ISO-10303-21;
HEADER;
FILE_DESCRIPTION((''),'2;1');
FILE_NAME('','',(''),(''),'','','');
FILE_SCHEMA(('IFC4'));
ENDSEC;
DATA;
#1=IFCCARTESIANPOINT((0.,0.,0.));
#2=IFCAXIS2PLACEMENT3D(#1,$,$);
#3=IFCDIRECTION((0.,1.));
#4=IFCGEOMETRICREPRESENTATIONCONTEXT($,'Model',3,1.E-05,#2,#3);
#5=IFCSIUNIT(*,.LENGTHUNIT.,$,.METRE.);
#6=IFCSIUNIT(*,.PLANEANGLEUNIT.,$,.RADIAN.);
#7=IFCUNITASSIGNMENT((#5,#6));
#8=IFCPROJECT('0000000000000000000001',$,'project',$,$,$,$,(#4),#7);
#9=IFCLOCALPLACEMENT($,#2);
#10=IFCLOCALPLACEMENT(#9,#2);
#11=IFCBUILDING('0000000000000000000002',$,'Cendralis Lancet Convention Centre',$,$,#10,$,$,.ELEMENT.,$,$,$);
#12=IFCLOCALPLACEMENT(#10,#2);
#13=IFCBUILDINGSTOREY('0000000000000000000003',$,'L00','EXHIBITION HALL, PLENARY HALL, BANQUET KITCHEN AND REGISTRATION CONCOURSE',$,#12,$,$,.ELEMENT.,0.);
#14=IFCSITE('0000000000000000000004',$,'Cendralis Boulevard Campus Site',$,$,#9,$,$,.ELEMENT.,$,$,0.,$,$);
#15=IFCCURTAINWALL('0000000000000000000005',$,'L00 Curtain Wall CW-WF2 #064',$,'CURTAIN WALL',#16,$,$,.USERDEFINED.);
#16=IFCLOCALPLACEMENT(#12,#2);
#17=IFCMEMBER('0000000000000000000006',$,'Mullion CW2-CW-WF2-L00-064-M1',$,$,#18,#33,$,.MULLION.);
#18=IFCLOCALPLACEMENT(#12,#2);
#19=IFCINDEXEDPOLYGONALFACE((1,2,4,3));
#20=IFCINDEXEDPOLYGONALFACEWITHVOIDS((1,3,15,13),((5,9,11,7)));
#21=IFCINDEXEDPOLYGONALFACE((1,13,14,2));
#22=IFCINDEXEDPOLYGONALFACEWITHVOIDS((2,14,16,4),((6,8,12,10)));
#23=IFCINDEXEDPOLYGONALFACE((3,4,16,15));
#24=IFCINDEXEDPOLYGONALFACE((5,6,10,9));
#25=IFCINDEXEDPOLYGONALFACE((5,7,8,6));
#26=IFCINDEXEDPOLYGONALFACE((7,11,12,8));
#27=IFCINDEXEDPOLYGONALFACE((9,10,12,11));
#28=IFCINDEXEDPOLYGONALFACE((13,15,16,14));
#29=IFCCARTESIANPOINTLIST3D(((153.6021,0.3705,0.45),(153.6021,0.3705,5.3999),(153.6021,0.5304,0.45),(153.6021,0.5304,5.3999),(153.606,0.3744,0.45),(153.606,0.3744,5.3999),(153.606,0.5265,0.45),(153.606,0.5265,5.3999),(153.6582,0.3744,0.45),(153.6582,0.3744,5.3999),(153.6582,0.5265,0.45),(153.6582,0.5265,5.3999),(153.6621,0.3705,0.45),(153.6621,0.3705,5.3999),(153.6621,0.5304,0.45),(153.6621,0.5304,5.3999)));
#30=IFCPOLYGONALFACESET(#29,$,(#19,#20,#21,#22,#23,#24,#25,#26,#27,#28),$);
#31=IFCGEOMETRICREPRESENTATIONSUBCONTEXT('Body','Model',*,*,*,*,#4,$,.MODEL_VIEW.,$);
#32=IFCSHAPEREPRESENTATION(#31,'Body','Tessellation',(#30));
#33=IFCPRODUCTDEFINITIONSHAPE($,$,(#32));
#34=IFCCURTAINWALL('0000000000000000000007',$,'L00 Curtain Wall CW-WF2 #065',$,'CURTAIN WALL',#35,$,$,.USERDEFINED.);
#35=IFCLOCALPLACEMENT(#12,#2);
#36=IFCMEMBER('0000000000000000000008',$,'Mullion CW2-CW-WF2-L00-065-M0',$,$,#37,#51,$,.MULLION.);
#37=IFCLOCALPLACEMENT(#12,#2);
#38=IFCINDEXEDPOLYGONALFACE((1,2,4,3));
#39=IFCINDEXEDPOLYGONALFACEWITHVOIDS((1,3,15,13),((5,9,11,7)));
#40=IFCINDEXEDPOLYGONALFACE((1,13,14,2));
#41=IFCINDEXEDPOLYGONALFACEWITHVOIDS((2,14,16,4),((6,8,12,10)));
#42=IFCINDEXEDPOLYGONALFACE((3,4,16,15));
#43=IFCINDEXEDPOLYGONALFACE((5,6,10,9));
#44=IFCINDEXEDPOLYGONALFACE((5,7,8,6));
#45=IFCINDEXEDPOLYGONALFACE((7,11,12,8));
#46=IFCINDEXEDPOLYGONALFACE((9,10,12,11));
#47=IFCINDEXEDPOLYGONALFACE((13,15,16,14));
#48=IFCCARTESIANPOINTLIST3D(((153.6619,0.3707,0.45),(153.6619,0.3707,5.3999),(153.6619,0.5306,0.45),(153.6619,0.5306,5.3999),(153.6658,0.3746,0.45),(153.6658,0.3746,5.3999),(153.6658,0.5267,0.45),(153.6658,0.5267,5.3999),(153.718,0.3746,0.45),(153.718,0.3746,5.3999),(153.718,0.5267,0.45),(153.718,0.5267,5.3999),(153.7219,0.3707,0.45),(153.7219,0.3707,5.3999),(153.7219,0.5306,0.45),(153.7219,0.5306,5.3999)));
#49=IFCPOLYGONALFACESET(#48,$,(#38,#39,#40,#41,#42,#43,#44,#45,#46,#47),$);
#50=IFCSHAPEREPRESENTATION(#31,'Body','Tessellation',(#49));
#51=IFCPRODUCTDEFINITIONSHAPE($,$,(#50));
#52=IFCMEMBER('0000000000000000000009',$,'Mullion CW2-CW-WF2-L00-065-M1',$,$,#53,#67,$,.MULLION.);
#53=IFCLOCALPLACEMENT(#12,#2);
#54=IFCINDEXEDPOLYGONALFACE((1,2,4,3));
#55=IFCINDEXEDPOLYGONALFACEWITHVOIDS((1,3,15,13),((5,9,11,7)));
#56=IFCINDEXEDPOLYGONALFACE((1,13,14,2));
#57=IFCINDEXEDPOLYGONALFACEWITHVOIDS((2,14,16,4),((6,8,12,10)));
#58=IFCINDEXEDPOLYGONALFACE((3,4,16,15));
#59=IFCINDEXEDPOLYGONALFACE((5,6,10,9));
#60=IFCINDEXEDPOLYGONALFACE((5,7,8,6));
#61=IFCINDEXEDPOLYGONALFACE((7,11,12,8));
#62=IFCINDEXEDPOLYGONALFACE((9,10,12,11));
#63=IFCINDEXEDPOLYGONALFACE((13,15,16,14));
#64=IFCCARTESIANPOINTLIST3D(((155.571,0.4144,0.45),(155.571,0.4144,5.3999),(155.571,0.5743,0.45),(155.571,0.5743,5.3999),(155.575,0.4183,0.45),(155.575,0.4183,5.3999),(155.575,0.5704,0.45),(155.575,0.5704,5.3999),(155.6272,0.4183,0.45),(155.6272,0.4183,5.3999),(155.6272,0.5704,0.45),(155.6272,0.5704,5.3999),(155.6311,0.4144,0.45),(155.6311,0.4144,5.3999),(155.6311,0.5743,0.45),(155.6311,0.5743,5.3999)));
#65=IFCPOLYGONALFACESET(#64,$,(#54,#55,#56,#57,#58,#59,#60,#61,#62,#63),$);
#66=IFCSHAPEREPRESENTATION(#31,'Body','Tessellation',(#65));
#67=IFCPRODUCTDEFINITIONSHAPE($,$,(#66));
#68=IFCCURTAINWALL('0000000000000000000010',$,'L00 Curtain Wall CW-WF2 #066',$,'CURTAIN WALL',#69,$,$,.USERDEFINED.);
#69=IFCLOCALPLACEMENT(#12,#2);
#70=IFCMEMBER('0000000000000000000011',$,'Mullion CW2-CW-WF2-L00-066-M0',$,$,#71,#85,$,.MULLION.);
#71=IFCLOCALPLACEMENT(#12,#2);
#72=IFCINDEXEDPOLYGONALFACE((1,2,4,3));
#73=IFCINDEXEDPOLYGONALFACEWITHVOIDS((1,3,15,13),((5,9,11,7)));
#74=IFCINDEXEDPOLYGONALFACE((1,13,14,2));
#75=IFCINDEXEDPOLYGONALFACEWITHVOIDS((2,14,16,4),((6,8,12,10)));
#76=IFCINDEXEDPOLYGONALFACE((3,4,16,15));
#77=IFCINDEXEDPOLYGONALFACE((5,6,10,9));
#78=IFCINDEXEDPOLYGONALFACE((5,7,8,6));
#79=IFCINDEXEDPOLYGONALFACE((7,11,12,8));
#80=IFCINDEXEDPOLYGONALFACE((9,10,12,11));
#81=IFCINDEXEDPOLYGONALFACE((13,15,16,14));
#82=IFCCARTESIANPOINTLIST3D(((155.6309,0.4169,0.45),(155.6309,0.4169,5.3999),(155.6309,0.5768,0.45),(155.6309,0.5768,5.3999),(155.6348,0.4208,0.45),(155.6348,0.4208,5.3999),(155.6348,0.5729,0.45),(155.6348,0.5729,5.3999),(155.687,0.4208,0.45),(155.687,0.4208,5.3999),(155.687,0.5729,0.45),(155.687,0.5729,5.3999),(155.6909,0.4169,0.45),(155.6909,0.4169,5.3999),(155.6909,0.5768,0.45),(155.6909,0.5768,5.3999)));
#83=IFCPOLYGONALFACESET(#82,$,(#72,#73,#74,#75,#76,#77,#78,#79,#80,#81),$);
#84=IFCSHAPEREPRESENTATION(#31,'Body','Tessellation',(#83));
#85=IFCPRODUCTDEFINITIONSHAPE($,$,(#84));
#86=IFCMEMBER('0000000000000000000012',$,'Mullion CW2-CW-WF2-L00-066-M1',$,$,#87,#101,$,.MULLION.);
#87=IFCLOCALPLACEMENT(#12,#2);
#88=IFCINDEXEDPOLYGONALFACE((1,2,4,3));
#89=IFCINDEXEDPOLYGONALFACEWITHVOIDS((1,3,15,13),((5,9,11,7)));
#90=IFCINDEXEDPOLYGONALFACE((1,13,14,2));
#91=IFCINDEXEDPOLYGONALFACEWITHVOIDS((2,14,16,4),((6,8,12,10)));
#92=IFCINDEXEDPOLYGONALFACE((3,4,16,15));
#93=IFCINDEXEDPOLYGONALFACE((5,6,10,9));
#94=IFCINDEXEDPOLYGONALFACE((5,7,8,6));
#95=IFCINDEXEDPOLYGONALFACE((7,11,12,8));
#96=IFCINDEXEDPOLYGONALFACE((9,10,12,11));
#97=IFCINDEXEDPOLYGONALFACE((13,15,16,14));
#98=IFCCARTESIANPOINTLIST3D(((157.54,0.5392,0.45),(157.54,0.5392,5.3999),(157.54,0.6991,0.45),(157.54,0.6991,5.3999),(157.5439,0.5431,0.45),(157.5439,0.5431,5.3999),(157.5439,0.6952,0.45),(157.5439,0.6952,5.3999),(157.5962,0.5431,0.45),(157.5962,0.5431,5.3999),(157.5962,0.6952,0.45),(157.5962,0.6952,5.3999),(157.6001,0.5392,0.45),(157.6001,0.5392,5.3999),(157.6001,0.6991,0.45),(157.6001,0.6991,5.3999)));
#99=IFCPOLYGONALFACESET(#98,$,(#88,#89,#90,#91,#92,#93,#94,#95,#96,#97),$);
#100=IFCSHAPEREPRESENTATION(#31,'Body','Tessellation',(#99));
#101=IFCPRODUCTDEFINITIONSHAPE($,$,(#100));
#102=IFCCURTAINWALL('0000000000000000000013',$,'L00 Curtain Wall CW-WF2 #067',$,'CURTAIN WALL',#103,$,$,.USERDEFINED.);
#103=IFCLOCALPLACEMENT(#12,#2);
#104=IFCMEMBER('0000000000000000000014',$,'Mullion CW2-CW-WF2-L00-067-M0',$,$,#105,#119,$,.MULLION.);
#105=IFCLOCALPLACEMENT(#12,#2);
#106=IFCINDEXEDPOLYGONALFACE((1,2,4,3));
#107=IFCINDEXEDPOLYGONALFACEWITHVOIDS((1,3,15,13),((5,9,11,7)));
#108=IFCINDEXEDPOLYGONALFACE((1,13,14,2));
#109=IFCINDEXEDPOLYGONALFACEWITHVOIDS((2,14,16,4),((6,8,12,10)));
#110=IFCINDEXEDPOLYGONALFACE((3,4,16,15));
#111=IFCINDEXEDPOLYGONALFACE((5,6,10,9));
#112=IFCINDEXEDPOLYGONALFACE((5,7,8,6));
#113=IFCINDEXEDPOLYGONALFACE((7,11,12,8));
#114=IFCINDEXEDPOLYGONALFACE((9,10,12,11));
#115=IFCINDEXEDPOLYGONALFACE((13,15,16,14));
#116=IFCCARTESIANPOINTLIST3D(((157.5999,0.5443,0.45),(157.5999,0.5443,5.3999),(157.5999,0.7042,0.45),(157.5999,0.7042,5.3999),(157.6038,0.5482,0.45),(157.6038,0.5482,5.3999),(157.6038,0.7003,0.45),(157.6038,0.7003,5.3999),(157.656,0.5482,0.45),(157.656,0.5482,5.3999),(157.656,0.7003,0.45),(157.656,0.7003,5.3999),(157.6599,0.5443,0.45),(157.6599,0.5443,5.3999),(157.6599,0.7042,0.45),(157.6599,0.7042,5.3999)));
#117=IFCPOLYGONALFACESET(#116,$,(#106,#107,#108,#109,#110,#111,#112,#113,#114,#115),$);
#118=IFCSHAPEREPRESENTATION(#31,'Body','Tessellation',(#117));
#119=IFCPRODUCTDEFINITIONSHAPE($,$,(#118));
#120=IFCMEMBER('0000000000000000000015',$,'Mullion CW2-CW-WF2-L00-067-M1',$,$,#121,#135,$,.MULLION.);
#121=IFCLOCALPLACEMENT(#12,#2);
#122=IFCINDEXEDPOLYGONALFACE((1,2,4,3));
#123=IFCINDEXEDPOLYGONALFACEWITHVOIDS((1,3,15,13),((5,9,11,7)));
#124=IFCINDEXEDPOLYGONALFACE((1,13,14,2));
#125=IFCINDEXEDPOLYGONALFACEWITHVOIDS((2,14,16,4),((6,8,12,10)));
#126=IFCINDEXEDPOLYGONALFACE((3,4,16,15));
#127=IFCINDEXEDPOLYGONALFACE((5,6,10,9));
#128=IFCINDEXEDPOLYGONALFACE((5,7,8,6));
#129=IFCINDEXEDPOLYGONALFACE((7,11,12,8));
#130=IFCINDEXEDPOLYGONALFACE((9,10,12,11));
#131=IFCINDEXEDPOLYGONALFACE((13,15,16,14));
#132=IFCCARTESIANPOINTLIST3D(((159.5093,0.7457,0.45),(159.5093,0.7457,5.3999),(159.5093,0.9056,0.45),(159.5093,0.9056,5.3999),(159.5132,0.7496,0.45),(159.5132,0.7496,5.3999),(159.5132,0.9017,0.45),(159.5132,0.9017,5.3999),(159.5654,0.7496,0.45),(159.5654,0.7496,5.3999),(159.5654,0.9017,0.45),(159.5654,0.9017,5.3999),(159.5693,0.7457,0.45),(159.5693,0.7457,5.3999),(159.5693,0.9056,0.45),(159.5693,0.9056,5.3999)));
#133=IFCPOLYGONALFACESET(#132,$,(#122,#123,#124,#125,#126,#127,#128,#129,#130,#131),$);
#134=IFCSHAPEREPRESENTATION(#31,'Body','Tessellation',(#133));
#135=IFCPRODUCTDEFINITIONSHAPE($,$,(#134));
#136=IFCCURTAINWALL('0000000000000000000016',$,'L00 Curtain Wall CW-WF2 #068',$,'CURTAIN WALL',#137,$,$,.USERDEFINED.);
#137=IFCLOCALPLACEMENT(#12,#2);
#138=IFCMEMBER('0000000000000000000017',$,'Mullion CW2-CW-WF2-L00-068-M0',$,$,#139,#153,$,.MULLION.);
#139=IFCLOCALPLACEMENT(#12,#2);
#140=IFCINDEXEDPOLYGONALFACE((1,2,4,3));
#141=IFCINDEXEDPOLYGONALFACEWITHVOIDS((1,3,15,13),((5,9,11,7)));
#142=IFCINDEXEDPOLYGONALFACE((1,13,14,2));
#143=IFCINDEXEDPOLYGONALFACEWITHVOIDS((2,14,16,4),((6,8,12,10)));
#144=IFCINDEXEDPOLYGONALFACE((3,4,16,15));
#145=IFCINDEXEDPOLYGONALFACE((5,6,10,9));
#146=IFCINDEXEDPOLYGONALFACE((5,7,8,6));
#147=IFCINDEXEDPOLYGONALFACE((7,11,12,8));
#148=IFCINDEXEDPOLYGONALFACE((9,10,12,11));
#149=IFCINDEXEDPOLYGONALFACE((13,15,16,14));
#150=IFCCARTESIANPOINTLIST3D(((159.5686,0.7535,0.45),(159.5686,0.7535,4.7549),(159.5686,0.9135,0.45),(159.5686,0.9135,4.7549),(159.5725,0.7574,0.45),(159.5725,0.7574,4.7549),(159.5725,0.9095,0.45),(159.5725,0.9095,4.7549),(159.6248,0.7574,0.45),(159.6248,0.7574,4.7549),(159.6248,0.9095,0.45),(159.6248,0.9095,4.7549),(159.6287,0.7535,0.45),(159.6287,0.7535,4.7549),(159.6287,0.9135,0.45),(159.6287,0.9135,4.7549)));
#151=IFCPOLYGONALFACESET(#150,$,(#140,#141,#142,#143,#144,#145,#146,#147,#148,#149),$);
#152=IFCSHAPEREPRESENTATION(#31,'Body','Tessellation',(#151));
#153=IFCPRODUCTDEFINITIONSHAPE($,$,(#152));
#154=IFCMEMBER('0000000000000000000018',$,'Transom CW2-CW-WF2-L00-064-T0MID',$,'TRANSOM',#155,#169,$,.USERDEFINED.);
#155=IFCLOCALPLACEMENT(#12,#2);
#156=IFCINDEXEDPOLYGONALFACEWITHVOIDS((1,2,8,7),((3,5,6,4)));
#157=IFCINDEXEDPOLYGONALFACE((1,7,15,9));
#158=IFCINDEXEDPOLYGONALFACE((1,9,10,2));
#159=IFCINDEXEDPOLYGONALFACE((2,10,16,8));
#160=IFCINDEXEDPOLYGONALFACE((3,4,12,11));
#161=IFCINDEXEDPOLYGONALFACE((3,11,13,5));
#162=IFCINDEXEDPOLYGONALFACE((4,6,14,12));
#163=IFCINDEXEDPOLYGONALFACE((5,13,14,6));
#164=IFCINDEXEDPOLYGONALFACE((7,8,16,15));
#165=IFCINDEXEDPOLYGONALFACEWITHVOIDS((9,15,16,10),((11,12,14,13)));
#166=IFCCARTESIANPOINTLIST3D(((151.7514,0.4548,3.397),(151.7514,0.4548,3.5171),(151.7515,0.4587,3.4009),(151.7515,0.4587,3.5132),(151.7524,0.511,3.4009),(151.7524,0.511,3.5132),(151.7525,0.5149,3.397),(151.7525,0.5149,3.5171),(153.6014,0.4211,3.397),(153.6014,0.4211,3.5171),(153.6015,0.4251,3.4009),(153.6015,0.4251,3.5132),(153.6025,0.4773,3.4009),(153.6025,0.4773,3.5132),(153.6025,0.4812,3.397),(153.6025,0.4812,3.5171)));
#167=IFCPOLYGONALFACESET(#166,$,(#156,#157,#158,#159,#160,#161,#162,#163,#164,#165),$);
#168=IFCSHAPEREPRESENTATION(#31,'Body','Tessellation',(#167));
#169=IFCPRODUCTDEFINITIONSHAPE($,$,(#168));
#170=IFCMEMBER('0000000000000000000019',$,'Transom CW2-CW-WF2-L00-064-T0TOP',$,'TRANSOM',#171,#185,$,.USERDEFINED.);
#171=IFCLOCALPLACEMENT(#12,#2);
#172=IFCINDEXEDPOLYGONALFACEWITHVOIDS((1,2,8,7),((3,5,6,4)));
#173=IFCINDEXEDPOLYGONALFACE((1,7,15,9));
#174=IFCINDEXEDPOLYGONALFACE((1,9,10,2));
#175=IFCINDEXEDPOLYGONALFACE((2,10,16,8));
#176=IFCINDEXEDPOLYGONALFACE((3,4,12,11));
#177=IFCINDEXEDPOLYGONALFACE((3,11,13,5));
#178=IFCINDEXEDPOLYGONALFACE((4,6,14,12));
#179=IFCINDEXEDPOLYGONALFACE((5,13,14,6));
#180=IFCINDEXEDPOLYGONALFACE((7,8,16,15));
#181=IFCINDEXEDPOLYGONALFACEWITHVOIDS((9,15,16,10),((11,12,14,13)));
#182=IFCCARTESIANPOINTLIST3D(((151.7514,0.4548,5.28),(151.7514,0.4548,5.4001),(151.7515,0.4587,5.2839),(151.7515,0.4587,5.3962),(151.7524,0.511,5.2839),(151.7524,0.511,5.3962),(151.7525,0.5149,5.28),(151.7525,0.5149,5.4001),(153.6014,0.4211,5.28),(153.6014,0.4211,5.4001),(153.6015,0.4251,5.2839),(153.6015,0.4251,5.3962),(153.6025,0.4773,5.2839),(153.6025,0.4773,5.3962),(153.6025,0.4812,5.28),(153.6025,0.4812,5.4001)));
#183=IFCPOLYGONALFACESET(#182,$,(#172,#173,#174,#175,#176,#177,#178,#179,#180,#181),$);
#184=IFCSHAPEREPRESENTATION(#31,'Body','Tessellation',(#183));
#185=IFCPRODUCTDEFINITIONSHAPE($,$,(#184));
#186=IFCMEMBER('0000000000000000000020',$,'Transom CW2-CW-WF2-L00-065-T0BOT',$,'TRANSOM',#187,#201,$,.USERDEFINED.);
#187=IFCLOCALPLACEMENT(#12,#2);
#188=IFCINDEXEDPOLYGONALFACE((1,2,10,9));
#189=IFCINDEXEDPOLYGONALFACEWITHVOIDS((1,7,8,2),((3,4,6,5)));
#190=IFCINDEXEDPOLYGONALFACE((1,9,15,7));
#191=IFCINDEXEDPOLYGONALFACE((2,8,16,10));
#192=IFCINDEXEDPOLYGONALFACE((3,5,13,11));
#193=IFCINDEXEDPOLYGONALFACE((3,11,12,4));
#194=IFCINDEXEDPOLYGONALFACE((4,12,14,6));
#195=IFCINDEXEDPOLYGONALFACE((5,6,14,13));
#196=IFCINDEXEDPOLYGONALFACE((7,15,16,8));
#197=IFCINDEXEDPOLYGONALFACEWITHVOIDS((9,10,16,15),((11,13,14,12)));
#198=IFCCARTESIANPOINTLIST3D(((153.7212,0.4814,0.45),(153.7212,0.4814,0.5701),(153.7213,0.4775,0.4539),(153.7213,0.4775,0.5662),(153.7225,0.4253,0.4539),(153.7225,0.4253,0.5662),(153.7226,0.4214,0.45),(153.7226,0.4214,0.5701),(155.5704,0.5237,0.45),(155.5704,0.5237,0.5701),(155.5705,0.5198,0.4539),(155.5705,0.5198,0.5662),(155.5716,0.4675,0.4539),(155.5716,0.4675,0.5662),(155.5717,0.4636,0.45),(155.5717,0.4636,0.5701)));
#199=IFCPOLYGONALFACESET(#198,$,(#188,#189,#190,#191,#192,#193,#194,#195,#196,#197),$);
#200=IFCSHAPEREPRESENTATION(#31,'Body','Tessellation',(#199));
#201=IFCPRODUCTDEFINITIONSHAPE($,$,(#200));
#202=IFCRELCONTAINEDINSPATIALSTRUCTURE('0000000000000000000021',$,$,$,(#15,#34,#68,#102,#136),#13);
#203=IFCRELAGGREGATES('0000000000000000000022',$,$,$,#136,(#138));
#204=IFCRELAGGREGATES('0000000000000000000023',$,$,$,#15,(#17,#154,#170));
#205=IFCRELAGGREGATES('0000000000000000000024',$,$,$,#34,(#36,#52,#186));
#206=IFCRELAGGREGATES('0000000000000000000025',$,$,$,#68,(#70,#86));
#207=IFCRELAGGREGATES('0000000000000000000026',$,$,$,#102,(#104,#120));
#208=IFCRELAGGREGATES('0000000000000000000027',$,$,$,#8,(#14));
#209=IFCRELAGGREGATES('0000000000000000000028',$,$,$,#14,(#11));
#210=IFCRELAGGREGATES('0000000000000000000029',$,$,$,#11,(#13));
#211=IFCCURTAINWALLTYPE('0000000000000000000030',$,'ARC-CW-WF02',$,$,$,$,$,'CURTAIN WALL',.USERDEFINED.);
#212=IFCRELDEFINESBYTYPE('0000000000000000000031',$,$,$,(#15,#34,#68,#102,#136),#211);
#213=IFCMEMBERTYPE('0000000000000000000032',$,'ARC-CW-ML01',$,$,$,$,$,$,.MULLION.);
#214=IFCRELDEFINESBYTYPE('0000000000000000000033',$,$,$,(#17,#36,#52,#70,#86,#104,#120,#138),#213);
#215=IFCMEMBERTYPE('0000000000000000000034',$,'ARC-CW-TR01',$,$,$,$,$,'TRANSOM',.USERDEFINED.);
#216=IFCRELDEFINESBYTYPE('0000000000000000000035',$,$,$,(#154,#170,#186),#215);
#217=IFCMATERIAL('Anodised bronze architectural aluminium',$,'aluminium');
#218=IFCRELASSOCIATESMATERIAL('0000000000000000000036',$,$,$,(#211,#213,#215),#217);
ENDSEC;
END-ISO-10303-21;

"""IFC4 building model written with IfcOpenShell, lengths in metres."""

from ifc_helpers import new_model, si_unit, direction, frame, origin, origin_2d, place, context, subcontext, project, spatial, hollow_rectangle, extrude, material, material_profile, profile_set, type_object, element, aggregate, save


model = new_model("IFC4")

# Units and contexts
model_context = context("Model", 3, precision=1e-05, world=origin(), true_north=direction((0.0, 1.0)))
body_context = subcontext(model_context, "Body", "Model", "MODEL_VIEW")
ifc_project = project(units=[si_unit("LENGTHUNIT", "METRE"), si_unit("PLANEANGLEUNIT", "RADIAN")], contexts=[model_context])

# Site, building, storey
site_placement = place(None, origin())
site = spatial("IfcSite", under=ifc_project, at=site_placement, Name="Cendralis Boulevard Campus Site", CompositionType="ELEMENT", RefElevation=0.0)
building_placement = place(site_placement, origin())
building = spatial("IfcBuilding", under=site, at=building_placement, Name="Cendralis Lancet Convention Centre", CompositionType="ELEMENT")
storey_placement = place(building_placement, origin())
storey = spatial("IfcBuildingStorey", under=building, at=storey_placement, Name="L00", Description="EXHIBITION HALL, PLENARY HALL, BANQUET KITCHEN AND REGISTRATION CONCOURSE", CompositionType="ELEMENT", Elevation=0.0)

# Curtain wall, member
ifc_material_1 = material(Name="Anodised bronze architectural aluminium", Category="aluminium")
curtain_wall_type = type_object("IfcCurtainWallType", Name="ARC-CW-WF02", ElementType="CURTAIN WALL", PredefinedType="USERDEFINED", material=ifc_material_1)
curtain_wall_1_placement = place(storey_placement, origin())
curtain_wall_1 = element("IfcCurtainWall", 1, at=curtain_wall_1_placement, inside=storey, type_object=curtain_wall_type, Name="L00 Curtain Wall CW-WF2 #064", ObjectType="CURTAIN WALL", PredefinedType="USERDEFINED")
ifc_material_profile_1 = material_profile(ifc_material_1, hollow_rectangle(XDim=0.0601, YDim=0.1599, WallThickness=0.0039, at=origin_2d()), Name="AL-MULL 60x160x4.0")
ifc_profile_set_1 = profile_set([ifc_material_profile_1], Name="Anodised bronze architectural aluminium")
member_type_1 = type_object("IfcMemberType", Name="ARC-CW-ML01", PredefinedType="MULLION", material=ifc_profile_set_1)
member_1_placement = place(storey_placement, frame((153.6321, 0.4504, 0.45), z_axis=(0.0, 0.0, 1.0), x_axis=(1.0, 0.0, 0.0)))
member_1 = element("IfcMember", 2, at=member_1_placement, type_object=member_type_1, Name="Mullion CW2-CW-WF2-L00-064-M1", PredefinedType="MULLION", context=body_context, shape_type="SweptSolid", body=[
    extrude(hollow_rectangle(XDim=0.0601, YDim=0.1599, WallThickness=0.0039, at=origin_2d()), origin(), (0.0, 0.0, 1.0), 4.95),
])

# Curtain walls, members
curtain_wall_2_placement = place(storey_placement, origin())
curtain_wall_2 = element("IfcCurtainWall", 3, at=curtain_wall_2_placement, inside=storey, type_object=curtain_wall_type, Name="L00 Curtain Wall CW-WF2 #065", ObjectType="CURTAIN WALL", PredefinedType="USERDEFINED")
member_2_placement = place(storey_placement, frame((153.6919, 0.4507, 0.45), z_axis=(0.0, 0.0, 1.0), x_axis=(1.0, 0.0, 0.0)))
member_2 = element("IfcMember", 4, at=member_2_placement, type_object=member_type_1, Name="Mullion CW2-CW-WF2-L00-065-M0", PredefinedType="MULLION", context=body_context, shape_type="SweptSolid", body=[
    extrude(hollow_rectangle(XDim=0.0601, YDim=0.1599, WallThickness=0.0039, at=origin_2d()), origin(), (0.0, 0.0, 1.0), 4.95),
])
member_3_placement = place(storey_placement, frame((155.6011, 0.4944, 0.45), z_axis=(0.0, 0.0, 1.0), x_axis=(1.0, 0.0, 0.0)))
member_3 = element("IfcMember", 5, at=member_3_placement, type_object=member_type_1, Name="Mullion CW2-CW-WF2-L00-065-M1", PredefinedType="MULLION", context=body_context, shape_type="SweptSolid", body=[
    extrude(hollow_rectangle(XDim=0.0601, YDim=0.1599, WallThickness=0.0039, at=origin_2d()), origin(), (0.0, 0.0, 1.0), 4.95),
])
curtain_wall_3_placement = place(storey_placement, origin())
curtain_wall_3 = element("IfcCurtainWall", 6, at=curtain_wall_3_placement, inside=storey, type_object=curtain_wall_type, Name="L00 Curtain Wall CW-WF2 #066", ObjectType="CURTAIN WALL", PredefinedType="USERDEFINED")
member_4_placement = place(storey_placement, frame((155.6609, 0.4968, 0.45), z_axis=(0.0, 0.0, 1.0), x_axis=(1.0, 0.0, 0.0)))
member_4 = element("IfcMember", 7, at=member_4_placement, type_object=member_type_1, Name="Mullion CW2-CW-WF2-L00-066-M0", PredefinedType="MULLION", context=body_context, shape_type="SweptSolid", body=[
    extrude(hollow_rectangle(XDim=0.0601, YDim=0.1599, WallThickness=0.0039, at=origin_2d()), origin(), (0.0, 0.0, 1.0), 4.95),
])
member_5_placement = place(storey_placement, frame((157.5701, 0.6191, 0.45), z_axis=(0.0, 0.0, 1.0), x_axis=(1.0, 0.0, 0.0)))
member_5 = element("IfcMember", 8, at=member_5_placement, type_object=member_type_1, Name="Mullion CW2-CW-WF2-L00-066-M1", PredefinedType="MULLION", context=body_context, shape_type="SweptSolid", body=[
    extrude(hollow_rectangle(XDim=0.0601, YDim=0.1599, WallThickness=0.0039, at=origin_2d()), origin(), (0.0, 0.0, 1.0), 4.95),
])
curtain_wall_4_placement = place(storey_placement, origin())
curtain_wall_4 = element("IfcCurtainWall", 9, at=curtain_wall_4_placement, inside=storey, type_object=curtain_wall_type, Name="L00 Curtain Wall CW-WF2 #067", ObjectType="CURTAIN WALL", PredefinedType="USERDEFINED")
member_6_placement = place(storey_placement, frame((157.6299, 0.6243, 0.45), z_axis=(0.0, 0.0, 1.0), x_axis=(1.0, 0.0, 0.0)))
member_6 = element("IfcMember", 10, at=member_6_placement, type_object=member_type_1, Name="Mullion CW2-CW-WF2-L00-067-M0", PredefinedType="MULLION", context=body_context, shape_type="SweptSolid", body=[
    extrude(hollow_rectangle(XDim=0.0601, YDim=0.1599, WallThickness=0.0039, at=origin_2d()), origin(), (0.0, 0.0, 1.0), 4.95),
])
member_7_placement = place(storey_placement, frame((159.5393, 0.8257, 0.45), z_axis=(0.0, 0.0, 1.0), x_axis=(1.0, 0.0, 0.0)))
member_7 = element("IfcMember", 11, at=member_7_placement, type_object=member_type_1, Name="Mullion CW2-CW-WF2-L00-067-M1", PredefinedType="MULLION", context=body_context, shape_type="SweptSolid", body=[
    extrude(hollow_rectangle(XDim=0.0601, YDim=0.1599, WallThickness=0.0039, at=origin_2d()), origin(), (0.0, 0.0, 1.0), 4.95),
])

# Curtain wall, member
curtain_wall_5_placement = place(storey_placement, origin())
curtain_wall_5 = element("IfcCurtainWall", 12, at=curtain_wall_5_placement, inside=storey, type_object=curtain_wall_type, Name="L00 Curtain Wall CW-WF2 #068", ObjectType="CURTAIN WALL", PredefinedType="USERDEFINED")
member_8_placement = place(storey_placement, frame((159.5986, 0.8335, 0.45), z_axis=(0.0, 0.0, 1.0), x_axis=(1.0, 0.0, 0.0)))
member_8 = element("IfcMember", 13, at=member_8_placement, type_object=member_type_1, Name="Mullion CW2-CW-WF2-L00-068-M0", PredefinedType="MULLION", context=body_context, shape_type="SweptSolid", body=[
    extrude(hollow_rectangle(XDim=0.0601, YDim=0.1599, WallThickness=0.0039, at=origin_2d()), origin(), (0.0, 0.0, 1.0), 4.3049),
])
aggregate(curtain_wall_5, [member_8])

# Members
ifc_material_profile_2 = material_profile(ifc_material_1, hollow_rectangle(XDim=0.0601, YDim=0.1201, WallThickness=0.0039, at=origin_2d()), Name="AL-TRAN 60x120x4.0")
ifc_profile_set_2 = profile_set([ifc_material_profile_2], Name="Anodised bronze architectural aluminium")
member_type_2 = type_object("IfcMemberType", Name="ARC-CW-TR01", ElementType="TRANSOM", PredefinedType="USERDEFINED", material=ifc_profile_set_2)
member_9_placement = place(storey_placement, frame((151.752, 0.4849, 3.457), z_axis=(0.999834, -0.018208, 0.0), x_axis=(0.018208, 0.999834, 0.0)))
member_9 = element("IfcMember", 14, at=member_9_placement, type_object=member_type_2, Name="Transom CW2-CW-WF2-L00-064-T0MID", ObjectType="TRANSOM", PredefinedType="USERDEFINED", context=body_context, shape_type="SweptSolid", body=[
    extrude(hollow_rectangle(XDim=0.0601, YDim=0.1201, WallThickness=0.0039, at=origin_2d()), origin(), (0.0, 0.0, 1.0), 1.8503),
])
member_10_placement = place(storey_placement, frame((151.752, 0.4849, 5.3401), z_axis=(0.999834, -0.018208, 0.0), x_axis=(0.018208, 0.999834, 0.0)))
member_10 = element("IfcMember", 15, at=member_10_placement, type_object=member_type_2, Name="Transom CW2-CW-WF2-L00-064-T0TOP", ObjectType="TRANSOM", PredefinedType="USERDEFINED", context=body_context, shape_type="SweptSolid", body=[
    extrude(hollow_rectangle(XDim=0.0601, YDim=0.1201, WallThickness=0.0039, at=origin_2d()), origin(), (0.0, 0.0, 1.0), 1.8503),
])
member_11_placement = place(storey_placement, frame((153.7219, 0.4514, 0.51), z_axis=(0.999739, 0.022835, 0.0), x_axis=(-0.022835, 0.999739, 0.0)))
member_11 = element("IfcMember", 16, at=member_11_placement, type_object=member_type_2, Name="Transom CW2-CW-WF2-L00-065-T0BOT", ObjectType="TRANSOM", PredefinedType="USERDEFINED", context=body_context, shape_type="SweptSolid", body=[
    extrude(hollow_rectangle(XDim=0.0601, YDim=0.1201, WallThickness=0.0039, at=origin_2d()), origin(), (0.0, 0.0, 1.0), 1.8496),
])

aggregate(curtain_wall_1, [member_1, member_9, member_10])
aggregate(curtain_wall_2, [member_2, member_3, member_11])
aggregate(curtain_wall_3, [member_4, member_5])
aggregate(curtain_wall_4, [member_6, member_7])

save(model, "model.ifc")
